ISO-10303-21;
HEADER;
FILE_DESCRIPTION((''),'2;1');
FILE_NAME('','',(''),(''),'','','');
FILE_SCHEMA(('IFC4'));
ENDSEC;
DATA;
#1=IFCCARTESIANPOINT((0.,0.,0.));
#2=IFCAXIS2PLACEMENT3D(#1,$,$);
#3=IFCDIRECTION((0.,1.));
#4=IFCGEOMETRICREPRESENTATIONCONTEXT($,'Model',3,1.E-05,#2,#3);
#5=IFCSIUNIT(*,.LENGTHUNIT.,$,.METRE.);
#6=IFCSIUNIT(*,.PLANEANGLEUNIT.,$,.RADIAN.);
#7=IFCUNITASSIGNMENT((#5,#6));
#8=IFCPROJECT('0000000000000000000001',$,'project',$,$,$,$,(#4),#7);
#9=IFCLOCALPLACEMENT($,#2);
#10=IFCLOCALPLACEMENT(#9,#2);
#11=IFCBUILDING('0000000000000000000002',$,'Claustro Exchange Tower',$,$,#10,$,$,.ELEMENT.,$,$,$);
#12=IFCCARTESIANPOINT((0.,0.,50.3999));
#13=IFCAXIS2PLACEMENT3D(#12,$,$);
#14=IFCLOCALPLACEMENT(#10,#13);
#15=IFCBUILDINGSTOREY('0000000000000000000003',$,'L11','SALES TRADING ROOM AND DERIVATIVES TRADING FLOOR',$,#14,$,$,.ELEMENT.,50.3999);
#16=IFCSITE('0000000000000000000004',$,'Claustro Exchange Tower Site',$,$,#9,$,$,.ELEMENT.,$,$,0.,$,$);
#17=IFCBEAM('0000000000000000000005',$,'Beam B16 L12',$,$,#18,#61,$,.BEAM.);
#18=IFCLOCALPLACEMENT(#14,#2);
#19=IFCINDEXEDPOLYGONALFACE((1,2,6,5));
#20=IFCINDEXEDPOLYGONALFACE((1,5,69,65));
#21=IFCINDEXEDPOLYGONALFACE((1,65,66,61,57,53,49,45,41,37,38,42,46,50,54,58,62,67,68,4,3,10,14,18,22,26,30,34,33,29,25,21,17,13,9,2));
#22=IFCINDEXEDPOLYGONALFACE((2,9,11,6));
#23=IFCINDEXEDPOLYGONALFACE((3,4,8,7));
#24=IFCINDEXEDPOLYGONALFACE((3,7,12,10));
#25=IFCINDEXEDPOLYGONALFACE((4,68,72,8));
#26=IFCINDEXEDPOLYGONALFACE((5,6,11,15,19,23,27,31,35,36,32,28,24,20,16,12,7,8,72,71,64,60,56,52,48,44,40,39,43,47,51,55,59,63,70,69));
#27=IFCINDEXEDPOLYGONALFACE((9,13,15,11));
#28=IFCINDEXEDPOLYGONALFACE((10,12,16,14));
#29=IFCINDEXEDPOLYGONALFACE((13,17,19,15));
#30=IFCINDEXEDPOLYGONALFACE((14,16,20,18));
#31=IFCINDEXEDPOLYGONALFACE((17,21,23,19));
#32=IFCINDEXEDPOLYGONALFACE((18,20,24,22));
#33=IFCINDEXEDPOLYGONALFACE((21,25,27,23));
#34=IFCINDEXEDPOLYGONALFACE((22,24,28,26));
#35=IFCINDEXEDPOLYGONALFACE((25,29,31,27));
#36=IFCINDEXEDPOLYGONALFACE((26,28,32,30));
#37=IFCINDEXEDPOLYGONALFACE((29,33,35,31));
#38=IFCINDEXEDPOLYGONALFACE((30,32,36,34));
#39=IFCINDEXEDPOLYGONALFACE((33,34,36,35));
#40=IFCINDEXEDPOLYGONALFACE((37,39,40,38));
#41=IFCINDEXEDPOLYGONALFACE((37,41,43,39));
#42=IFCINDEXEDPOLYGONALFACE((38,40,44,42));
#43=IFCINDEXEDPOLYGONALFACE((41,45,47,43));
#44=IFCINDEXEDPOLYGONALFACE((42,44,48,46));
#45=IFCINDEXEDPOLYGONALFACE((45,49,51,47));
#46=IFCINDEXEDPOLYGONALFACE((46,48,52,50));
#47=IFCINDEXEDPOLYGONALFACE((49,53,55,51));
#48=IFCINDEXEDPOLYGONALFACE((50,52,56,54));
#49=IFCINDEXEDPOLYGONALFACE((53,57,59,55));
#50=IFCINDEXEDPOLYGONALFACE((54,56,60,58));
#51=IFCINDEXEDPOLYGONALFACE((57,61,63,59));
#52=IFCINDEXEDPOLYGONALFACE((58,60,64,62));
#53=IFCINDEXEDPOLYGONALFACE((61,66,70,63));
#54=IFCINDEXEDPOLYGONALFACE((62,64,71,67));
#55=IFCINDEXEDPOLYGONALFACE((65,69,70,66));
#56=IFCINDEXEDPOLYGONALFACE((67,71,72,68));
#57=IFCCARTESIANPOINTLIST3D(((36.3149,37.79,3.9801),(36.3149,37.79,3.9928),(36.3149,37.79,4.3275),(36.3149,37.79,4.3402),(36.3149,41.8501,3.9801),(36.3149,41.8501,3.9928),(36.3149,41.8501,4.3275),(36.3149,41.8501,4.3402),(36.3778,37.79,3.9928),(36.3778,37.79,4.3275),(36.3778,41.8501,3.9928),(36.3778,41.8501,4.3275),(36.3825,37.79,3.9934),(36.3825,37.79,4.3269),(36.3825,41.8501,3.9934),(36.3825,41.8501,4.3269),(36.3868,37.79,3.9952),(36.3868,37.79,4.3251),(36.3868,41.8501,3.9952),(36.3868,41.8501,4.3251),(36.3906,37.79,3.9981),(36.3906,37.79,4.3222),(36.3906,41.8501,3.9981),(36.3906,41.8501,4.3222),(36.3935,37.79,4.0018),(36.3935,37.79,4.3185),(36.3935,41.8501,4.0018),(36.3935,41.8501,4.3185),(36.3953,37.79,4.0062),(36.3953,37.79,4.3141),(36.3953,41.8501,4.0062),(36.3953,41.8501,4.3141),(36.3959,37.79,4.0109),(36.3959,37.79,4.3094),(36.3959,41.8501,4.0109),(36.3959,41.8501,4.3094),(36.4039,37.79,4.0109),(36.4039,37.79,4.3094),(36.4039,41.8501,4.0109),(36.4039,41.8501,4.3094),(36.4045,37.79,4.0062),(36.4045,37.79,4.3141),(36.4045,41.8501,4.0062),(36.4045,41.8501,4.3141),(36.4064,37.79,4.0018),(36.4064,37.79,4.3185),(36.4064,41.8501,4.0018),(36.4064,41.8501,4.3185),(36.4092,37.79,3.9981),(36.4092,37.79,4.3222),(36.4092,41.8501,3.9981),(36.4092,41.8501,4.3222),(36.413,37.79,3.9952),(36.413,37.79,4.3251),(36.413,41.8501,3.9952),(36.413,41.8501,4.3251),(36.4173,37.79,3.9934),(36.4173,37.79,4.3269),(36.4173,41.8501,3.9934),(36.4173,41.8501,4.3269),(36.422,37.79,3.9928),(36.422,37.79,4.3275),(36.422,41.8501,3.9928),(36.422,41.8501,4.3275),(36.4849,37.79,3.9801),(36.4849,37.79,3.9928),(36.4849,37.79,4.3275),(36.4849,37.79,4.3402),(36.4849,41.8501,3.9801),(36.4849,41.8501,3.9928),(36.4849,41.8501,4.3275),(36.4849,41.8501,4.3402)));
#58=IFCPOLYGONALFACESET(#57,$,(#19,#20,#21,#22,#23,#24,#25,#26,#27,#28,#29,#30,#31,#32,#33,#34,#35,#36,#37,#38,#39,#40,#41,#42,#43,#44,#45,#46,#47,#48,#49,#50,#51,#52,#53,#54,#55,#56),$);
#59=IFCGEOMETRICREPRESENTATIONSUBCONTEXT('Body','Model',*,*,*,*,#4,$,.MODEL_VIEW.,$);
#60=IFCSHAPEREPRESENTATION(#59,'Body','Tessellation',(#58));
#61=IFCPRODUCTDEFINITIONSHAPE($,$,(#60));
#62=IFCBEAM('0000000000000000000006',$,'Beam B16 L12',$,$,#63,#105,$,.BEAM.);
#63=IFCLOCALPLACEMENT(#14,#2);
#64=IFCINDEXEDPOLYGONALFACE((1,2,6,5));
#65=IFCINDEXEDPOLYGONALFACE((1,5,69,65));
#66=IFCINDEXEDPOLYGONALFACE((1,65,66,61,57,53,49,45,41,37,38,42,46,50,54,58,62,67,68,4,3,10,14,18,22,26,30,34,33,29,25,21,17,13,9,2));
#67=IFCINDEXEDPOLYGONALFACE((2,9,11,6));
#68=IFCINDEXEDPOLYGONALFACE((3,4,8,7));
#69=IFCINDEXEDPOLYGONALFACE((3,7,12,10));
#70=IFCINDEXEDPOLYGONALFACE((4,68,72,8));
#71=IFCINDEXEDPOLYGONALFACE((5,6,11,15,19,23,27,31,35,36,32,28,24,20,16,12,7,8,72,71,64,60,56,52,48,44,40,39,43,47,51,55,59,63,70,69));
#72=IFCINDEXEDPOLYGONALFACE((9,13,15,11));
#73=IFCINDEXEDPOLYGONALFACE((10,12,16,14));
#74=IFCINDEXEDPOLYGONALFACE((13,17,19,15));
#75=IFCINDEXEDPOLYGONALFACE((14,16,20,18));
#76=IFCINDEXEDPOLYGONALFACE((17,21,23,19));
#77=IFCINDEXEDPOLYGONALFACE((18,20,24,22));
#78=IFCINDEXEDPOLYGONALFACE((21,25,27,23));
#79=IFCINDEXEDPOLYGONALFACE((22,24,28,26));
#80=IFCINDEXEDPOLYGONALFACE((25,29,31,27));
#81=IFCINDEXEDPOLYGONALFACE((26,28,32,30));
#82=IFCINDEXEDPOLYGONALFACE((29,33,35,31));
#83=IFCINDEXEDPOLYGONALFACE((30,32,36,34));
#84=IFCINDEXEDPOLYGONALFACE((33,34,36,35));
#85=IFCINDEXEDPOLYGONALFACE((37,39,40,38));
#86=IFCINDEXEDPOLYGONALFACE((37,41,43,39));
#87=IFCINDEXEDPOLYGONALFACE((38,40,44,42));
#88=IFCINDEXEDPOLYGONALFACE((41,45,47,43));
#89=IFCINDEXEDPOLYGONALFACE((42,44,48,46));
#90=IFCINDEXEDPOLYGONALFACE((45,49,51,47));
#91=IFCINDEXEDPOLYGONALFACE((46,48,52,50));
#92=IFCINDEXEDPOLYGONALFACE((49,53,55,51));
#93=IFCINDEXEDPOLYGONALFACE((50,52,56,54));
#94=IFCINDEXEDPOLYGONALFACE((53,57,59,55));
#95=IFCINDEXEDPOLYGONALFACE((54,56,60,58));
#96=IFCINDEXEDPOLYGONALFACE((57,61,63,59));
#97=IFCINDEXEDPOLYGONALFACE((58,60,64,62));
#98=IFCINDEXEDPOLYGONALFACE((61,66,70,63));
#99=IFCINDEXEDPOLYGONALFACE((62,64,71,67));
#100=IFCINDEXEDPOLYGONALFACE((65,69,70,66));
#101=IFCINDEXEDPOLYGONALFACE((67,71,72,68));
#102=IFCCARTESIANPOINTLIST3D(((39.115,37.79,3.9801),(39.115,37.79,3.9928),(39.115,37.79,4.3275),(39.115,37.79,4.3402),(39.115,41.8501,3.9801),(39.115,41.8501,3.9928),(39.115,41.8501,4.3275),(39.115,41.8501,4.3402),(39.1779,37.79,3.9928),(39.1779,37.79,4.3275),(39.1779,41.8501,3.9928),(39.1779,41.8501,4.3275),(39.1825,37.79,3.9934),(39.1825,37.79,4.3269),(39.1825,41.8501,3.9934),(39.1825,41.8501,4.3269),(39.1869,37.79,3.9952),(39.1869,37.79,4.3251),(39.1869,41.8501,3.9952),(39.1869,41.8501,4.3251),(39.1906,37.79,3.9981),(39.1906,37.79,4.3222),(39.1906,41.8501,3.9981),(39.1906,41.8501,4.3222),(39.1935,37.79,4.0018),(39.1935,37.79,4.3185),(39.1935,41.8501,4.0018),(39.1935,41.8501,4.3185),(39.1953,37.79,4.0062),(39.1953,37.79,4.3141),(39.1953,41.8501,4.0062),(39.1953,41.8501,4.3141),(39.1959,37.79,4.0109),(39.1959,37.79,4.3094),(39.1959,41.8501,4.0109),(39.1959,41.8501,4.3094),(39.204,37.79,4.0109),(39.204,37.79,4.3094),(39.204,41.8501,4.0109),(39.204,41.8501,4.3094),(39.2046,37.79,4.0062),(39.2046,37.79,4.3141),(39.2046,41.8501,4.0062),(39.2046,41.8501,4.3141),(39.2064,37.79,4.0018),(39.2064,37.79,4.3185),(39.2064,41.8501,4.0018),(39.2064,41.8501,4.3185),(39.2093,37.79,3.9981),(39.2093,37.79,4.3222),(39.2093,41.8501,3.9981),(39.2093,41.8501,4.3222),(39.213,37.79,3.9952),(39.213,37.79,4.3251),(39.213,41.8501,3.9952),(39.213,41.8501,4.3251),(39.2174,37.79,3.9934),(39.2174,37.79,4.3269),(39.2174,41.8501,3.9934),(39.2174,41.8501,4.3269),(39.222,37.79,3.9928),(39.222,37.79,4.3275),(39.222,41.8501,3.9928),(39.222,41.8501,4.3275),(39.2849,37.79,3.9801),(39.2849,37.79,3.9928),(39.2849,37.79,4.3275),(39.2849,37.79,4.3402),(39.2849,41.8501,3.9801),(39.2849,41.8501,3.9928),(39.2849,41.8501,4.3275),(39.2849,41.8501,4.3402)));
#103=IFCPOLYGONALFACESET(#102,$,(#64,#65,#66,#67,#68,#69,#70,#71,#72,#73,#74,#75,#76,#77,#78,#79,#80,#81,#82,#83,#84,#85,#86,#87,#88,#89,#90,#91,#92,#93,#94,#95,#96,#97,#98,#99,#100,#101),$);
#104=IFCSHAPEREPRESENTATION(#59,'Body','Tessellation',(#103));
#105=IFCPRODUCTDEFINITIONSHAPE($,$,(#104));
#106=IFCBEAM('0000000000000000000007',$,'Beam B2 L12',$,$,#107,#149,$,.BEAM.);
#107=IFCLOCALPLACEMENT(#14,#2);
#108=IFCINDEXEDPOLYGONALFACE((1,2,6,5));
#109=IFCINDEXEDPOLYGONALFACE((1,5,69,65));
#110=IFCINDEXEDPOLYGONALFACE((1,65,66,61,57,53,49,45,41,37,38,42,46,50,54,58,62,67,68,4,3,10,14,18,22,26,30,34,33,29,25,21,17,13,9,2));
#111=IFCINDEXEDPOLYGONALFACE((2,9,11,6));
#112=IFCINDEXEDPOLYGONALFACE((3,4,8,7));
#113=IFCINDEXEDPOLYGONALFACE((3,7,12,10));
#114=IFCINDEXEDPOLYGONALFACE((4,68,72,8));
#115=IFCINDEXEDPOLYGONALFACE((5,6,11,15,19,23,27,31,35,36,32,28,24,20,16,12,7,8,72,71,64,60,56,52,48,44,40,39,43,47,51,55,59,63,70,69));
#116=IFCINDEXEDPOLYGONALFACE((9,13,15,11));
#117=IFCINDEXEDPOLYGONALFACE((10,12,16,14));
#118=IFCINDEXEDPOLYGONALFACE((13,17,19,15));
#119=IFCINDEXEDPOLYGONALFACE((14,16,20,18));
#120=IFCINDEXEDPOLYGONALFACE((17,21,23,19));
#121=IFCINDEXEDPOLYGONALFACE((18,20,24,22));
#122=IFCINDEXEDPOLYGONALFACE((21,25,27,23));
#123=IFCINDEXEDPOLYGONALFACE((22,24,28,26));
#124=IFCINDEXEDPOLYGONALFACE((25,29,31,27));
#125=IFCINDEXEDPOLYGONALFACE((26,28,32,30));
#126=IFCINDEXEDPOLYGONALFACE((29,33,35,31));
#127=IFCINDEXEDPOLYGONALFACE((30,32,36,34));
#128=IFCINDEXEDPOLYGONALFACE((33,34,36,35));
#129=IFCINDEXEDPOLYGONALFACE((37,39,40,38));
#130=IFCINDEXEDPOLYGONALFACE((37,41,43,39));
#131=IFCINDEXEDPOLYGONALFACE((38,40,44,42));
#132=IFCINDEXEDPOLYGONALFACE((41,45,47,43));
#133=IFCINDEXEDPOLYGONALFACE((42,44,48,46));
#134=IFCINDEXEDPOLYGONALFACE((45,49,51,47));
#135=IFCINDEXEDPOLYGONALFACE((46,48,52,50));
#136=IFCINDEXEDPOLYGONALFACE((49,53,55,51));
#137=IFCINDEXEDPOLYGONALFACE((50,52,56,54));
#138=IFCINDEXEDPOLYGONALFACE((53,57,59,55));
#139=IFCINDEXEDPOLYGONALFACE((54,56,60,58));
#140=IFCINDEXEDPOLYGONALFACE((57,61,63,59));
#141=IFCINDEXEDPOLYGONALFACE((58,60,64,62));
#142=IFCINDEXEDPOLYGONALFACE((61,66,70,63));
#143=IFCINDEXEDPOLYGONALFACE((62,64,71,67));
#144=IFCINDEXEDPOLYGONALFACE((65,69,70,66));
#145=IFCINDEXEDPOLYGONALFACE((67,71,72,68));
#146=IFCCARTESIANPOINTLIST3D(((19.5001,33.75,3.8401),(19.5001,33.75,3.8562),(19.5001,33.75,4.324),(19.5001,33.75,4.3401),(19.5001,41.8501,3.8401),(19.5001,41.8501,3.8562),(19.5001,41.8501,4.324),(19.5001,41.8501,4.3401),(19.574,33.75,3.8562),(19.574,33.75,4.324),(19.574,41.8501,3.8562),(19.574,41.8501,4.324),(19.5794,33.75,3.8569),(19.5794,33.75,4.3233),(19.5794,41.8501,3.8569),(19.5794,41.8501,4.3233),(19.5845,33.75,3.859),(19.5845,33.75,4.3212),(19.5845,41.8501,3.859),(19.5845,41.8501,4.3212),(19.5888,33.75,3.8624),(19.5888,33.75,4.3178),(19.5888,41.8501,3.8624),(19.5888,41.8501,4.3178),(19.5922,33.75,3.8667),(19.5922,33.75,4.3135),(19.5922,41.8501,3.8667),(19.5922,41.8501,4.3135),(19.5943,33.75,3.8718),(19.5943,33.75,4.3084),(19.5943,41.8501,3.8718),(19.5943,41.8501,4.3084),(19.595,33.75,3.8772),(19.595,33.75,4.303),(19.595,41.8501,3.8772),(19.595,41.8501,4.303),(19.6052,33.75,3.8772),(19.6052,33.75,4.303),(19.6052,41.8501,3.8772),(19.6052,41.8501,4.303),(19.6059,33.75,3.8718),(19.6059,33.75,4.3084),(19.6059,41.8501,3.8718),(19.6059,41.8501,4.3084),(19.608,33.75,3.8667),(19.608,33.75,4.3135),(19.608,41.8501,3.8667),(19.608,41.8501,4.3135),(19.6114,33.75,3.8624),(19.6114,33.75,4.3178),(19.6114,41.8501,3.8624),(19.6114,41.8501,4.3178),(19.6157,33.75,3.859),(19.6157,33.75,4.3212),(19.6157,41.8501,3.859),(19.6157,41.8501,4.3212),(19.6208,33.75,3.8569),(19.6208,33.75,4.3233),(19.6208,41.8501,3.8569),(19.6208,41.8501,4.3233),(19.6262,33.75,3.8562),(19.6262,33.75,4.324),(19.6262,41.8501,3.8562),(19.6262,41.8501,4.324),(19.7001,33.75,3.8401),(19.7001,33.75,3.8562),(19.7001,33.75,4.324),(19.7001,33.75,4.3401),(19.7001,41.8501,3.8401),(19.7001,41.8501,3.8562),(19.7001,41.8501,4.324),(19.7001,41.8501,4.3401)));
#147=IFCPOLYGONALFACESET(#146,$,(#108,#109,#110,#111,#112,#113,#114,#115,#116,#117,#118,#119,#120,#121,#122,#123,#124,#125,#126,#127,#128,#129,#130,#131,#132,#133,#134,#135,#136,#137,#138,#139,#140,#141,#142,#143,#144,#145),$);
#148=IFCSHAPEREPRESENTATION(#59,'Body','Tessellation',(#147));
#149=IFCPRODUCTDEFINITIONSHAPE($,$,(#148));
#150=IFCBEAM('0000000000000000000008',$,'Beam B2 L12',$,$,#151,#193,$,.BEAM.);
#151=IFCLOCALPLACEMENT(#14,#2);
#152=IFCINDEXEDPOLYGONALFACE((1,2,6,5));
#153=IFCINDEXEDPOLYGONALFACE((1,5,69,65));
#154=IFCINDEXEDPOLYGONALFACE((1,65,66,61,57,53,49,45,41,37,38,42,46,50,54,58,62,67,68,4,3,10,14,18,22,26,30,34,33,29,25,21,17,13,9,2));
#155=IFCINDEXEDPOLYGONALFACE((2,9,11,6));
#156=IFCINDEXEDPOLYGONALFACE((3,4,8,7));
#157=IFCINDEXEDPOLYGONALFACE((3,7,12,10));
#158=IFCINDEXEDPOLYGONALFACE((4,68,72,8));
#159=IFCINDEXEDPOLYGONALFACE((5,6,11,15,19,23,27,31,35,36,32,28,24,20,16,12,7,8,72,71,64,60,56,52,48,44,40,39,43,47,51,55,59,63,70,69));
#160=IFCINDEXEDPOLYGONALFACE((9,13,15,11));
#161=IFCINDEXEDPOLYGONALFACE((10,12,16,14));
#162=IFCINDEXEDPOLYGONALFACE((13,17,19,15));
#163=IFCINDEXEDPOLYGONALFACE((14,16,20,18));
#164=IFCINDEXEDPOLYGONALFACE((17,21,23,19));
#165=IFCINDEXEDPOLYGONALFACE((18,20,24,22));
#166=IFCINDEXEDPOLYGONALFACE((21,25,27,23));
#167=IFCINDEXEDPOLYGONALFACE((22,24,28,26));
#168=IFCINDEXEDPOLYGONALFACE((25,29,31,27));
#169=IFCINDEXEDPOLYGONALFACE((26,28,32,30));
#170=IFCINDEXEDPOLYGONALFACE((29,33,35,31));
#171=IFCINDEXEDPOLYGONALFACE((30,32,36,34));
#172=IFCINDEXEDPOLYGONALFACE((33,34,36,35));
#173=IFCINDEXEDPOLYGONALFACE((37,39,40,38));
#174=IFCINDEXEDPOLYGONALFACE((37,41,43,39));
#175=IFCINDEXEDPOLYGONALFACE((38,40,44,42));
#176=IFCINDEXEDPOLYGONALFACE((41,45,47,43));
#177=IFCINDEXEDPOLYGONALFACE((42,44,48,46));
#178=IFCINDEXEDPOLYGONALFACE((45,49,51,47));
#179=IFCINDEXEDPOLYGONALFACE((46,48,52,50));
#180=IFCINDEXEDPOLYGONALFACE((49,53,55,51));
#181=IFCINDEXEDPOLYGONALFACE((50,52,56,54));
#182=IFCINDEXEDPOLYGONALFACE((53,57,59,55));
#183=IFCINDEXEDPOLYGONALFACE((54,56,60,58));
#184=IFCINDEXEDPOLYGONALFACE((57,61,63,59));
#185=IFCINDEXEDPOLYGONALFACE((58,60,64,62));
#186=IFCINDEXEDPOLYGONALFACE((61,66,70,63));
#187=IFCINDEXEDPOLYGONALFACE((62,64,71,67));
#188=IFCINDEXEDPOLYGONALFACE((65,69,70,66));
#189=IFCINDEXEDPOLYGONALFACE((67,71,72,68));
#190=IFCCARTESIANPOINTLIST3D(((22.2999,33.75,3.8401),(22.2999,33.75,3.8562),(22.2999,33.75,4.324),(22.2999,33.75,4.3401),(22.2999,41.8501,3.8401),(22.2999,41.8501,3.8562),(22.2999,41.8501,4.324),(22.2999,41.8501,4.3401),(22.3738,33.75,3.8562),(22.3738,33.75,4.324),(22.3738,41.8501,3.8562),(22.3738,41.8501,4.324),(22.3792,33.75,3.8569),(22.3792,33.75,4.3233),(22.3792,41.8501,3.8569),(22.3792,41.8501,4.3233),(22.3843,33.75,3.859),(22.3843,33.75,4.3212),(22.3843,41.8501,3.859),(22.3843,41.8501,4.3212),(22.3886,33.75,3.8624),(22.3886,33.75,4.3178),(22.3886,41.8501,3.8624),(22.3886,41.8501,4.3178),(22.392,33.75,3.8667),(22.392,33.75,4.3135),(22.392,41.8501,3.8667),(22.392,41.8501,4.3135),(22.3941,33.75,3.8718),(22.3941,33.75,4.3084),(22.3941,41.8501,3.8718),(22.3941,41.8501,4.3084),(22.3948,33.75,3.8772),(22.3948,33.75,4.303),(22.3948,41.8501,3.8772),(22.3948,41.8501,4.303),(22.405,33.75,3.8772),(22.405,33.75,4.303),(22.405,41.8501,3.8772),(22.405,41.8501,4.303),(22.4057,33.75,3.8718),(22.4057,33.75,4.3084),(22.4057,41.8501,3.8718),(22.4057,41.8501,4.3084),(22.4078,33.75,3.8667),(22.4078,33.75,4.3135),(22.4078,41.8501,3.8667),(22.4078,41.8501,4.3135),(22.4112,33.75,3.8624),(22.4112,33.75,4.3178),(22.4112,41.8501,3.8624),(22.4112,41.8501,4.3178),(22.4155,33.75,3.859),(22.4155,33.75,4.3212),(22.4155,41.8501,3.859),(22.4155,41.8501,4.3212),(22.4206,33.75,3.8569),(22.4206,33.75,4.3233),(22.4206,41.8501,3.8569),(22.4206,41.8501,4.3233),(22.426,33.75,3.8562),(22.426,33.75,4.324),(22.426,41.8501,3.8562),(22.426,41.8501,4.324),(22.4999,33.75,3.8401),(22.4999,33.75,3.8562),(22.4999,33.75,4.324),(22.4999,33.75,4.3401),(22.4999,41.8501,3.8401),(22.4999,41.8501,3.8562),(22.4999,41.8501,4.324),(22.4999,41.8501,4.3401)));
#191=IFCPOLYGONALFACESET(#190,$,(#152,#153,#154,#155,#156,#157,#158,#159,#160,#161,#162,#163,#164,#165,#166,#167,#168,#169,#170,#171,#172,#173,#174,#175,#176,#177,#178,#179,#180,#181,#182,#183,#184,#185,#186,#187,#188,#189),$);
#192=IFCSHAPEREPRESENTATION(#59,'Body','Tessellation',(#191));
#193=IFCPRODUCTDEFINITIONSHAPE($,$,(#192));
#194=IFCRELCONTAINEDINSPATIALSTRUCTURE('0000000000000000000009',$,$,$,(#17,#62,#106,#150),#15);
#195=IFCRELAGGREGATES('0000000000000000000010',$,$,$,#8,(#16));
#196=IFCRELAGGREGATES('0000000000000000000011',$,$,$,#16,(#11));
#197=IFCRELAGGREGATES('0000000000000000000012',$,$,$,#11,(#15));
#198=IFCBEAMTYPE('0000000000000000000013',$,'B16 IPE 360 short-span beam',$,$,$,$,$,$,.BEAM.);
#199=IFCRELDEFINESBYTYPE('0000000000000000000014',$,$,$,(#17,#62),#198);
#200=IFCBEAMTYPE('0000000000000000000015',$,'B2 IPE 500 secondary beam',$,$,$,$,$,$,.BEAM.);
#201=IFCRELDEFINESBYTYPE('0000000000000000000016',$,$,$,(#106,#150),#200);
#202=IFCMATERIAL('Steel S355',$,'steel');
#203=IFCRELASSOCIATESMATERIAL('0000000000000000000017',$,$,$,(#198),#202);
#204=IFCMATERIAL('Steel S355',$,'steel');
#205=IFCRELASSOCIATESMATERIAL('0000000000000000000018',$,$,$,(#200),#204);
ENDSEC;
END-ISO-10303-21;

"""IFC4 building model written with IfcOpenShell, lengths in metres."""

from ifc_helpers import new_model, si_unit, direction, frame, origin, origin_2d, place, context, subcontext, project, spatial, i_section, extrude, material, material_profile, profile_set, type_object, element, save


model = new_model("IFC4")

# Units and contexts
model_context = context("Model", 3, precision=1e-05, world=origin(), true_north=direction((0.0, 1.0)))
body_context = subcontext(model_context, "Body", "Model", "MODEL_VIEW")
ifc_project = project(units=[si_unit("LENGTHUNIT", "METRE"), si_unit("PLANEANGLEUNIT", "RADIAN")], contexts=[model_context])

# Site, building, storey
site_placement = place(None, origin())
site = spatial("IfcSite", under=ifc_project, at=site_placement, Name="Claustro Exchange Tower Site", CompositionType="ELEMENT", RefElevation=0.0)
building_placement = place(site_placement, origin())
building = spatial("IfcBuilding", under=site, at=building_placement, Name="Claustro Exchange Tower", CompositionType="ELEMENT")
storey_placement = place(building_placement, frame((0.0, 0.0, 50.3999)))
storey = spatial("IfcBuildingStorey", under=building, at=storey_placement, Name="L11", Description="SALES TRADING ROOM AND DERIVATIVES TRADING FLOOR", CompositionType="ELEMENT", Elevation=50.3999)

# Beams
ifc_material_1 = material(Name="Steel S355", Category="steel")
ifc_material_profile_1 = material_profile(ifc_material_1, i_section(OverallWidth=0.1699, OverallDepth=0.3601, WebThickness=0.0081, FlangeThickness=0.0127, FilletRadius=0.0181, at=origin_2d()), Name="IPE 360")
ifc_profile_set_1 = profile_set([ifc_material_profile_1], Name="Steel S355")
beam_type_1 = type_object("IfcBeamType", Name="B16 IPE 360 short-span beam", PredefinedType="BEAM", material=ifc_profile_set_1)
for number, where, z_axis, x_axis, name in (
    (1, (36.3999, 37.79, 4.1602), (0.0, 1.0, 0.0), (-1.0, 0.0, 0.0), "Beam B16 L12"),
    (2, (39.2, 37.79, 4.1602), (0.0, 1.0, 0.0), (-1.0, 0.0, 0.0), "Beam B16 L12"),
):
    element("IfcBeam", number, at=place(storey_placement, frame(where, z_axis=z_axis, x_axis=x_axis)), inside=storey, type_object=beam_type_1, Name=name, PredefinedType="BEAM", context=body_context, shape_type="SweptSolid", body=[
        extrude(i_section(OverallWidth=0.1699, OverallDepth=0.3601, WebThickness=0.0081, FlangeThickness=0.0127, FilletRadius=0.0181, at=origin_2d()), origin(), (0.0, 0.0, 1.0), 4.0601),
    ])
ifc_material_2 = material(Name="Steel S355", Category="steel")
ifc_material_profile_2 = material_profile(ifc_material_2, i_section(OverallWidth=0.2, OverallDepth=0.5, WebThickness=0.0103, FlangeThickness=0.0161, FilletRadius=0.021, at=origin_2d()), Name="IPE 500")
ifc_profile_set_2 = profile_set([ifc_material_profile_2], Name="Steel S355")
beam_type_2 = type_object("IfcBeamType", Name="B2 IPE 500 secondary beam", PredefinedType="BEAM", material=ifc_profile_set_2)
for number, where, z_axis, x_axis, name in (
    (3, (19.6001, 33.75, 4.0901), (0.0, 1.0, 0.0), (-1.0, 0.0, 0.0), "Beam B2 L12"),
    (4, (22.3999, 33.75, 4.0901), (0.0, 1.0, 0.0), (-1.0, 0.0, 0.0), "Beam B2 L12"),
):
    element("IfcBeam", number, at=place(storey_placement, frame(where, z_axis=z_axis, x_axis=x_axis)), inside=storey, type_object=beam_type_2, Name=name, PredefinedType="BEAM", context=body_context, shape_type="SweptSolid", body=[
        extrude(i_section(OverallWidth=0.2, OverallDepth=0.5, WebThickness=0.0103, FlangeThickness=0.0161, FilletRadius=0.021, at=origin_2d()), origin(), (0.0, 0.0, 1.0), 8.1001),
    ])

save(model, "model.ifc")
